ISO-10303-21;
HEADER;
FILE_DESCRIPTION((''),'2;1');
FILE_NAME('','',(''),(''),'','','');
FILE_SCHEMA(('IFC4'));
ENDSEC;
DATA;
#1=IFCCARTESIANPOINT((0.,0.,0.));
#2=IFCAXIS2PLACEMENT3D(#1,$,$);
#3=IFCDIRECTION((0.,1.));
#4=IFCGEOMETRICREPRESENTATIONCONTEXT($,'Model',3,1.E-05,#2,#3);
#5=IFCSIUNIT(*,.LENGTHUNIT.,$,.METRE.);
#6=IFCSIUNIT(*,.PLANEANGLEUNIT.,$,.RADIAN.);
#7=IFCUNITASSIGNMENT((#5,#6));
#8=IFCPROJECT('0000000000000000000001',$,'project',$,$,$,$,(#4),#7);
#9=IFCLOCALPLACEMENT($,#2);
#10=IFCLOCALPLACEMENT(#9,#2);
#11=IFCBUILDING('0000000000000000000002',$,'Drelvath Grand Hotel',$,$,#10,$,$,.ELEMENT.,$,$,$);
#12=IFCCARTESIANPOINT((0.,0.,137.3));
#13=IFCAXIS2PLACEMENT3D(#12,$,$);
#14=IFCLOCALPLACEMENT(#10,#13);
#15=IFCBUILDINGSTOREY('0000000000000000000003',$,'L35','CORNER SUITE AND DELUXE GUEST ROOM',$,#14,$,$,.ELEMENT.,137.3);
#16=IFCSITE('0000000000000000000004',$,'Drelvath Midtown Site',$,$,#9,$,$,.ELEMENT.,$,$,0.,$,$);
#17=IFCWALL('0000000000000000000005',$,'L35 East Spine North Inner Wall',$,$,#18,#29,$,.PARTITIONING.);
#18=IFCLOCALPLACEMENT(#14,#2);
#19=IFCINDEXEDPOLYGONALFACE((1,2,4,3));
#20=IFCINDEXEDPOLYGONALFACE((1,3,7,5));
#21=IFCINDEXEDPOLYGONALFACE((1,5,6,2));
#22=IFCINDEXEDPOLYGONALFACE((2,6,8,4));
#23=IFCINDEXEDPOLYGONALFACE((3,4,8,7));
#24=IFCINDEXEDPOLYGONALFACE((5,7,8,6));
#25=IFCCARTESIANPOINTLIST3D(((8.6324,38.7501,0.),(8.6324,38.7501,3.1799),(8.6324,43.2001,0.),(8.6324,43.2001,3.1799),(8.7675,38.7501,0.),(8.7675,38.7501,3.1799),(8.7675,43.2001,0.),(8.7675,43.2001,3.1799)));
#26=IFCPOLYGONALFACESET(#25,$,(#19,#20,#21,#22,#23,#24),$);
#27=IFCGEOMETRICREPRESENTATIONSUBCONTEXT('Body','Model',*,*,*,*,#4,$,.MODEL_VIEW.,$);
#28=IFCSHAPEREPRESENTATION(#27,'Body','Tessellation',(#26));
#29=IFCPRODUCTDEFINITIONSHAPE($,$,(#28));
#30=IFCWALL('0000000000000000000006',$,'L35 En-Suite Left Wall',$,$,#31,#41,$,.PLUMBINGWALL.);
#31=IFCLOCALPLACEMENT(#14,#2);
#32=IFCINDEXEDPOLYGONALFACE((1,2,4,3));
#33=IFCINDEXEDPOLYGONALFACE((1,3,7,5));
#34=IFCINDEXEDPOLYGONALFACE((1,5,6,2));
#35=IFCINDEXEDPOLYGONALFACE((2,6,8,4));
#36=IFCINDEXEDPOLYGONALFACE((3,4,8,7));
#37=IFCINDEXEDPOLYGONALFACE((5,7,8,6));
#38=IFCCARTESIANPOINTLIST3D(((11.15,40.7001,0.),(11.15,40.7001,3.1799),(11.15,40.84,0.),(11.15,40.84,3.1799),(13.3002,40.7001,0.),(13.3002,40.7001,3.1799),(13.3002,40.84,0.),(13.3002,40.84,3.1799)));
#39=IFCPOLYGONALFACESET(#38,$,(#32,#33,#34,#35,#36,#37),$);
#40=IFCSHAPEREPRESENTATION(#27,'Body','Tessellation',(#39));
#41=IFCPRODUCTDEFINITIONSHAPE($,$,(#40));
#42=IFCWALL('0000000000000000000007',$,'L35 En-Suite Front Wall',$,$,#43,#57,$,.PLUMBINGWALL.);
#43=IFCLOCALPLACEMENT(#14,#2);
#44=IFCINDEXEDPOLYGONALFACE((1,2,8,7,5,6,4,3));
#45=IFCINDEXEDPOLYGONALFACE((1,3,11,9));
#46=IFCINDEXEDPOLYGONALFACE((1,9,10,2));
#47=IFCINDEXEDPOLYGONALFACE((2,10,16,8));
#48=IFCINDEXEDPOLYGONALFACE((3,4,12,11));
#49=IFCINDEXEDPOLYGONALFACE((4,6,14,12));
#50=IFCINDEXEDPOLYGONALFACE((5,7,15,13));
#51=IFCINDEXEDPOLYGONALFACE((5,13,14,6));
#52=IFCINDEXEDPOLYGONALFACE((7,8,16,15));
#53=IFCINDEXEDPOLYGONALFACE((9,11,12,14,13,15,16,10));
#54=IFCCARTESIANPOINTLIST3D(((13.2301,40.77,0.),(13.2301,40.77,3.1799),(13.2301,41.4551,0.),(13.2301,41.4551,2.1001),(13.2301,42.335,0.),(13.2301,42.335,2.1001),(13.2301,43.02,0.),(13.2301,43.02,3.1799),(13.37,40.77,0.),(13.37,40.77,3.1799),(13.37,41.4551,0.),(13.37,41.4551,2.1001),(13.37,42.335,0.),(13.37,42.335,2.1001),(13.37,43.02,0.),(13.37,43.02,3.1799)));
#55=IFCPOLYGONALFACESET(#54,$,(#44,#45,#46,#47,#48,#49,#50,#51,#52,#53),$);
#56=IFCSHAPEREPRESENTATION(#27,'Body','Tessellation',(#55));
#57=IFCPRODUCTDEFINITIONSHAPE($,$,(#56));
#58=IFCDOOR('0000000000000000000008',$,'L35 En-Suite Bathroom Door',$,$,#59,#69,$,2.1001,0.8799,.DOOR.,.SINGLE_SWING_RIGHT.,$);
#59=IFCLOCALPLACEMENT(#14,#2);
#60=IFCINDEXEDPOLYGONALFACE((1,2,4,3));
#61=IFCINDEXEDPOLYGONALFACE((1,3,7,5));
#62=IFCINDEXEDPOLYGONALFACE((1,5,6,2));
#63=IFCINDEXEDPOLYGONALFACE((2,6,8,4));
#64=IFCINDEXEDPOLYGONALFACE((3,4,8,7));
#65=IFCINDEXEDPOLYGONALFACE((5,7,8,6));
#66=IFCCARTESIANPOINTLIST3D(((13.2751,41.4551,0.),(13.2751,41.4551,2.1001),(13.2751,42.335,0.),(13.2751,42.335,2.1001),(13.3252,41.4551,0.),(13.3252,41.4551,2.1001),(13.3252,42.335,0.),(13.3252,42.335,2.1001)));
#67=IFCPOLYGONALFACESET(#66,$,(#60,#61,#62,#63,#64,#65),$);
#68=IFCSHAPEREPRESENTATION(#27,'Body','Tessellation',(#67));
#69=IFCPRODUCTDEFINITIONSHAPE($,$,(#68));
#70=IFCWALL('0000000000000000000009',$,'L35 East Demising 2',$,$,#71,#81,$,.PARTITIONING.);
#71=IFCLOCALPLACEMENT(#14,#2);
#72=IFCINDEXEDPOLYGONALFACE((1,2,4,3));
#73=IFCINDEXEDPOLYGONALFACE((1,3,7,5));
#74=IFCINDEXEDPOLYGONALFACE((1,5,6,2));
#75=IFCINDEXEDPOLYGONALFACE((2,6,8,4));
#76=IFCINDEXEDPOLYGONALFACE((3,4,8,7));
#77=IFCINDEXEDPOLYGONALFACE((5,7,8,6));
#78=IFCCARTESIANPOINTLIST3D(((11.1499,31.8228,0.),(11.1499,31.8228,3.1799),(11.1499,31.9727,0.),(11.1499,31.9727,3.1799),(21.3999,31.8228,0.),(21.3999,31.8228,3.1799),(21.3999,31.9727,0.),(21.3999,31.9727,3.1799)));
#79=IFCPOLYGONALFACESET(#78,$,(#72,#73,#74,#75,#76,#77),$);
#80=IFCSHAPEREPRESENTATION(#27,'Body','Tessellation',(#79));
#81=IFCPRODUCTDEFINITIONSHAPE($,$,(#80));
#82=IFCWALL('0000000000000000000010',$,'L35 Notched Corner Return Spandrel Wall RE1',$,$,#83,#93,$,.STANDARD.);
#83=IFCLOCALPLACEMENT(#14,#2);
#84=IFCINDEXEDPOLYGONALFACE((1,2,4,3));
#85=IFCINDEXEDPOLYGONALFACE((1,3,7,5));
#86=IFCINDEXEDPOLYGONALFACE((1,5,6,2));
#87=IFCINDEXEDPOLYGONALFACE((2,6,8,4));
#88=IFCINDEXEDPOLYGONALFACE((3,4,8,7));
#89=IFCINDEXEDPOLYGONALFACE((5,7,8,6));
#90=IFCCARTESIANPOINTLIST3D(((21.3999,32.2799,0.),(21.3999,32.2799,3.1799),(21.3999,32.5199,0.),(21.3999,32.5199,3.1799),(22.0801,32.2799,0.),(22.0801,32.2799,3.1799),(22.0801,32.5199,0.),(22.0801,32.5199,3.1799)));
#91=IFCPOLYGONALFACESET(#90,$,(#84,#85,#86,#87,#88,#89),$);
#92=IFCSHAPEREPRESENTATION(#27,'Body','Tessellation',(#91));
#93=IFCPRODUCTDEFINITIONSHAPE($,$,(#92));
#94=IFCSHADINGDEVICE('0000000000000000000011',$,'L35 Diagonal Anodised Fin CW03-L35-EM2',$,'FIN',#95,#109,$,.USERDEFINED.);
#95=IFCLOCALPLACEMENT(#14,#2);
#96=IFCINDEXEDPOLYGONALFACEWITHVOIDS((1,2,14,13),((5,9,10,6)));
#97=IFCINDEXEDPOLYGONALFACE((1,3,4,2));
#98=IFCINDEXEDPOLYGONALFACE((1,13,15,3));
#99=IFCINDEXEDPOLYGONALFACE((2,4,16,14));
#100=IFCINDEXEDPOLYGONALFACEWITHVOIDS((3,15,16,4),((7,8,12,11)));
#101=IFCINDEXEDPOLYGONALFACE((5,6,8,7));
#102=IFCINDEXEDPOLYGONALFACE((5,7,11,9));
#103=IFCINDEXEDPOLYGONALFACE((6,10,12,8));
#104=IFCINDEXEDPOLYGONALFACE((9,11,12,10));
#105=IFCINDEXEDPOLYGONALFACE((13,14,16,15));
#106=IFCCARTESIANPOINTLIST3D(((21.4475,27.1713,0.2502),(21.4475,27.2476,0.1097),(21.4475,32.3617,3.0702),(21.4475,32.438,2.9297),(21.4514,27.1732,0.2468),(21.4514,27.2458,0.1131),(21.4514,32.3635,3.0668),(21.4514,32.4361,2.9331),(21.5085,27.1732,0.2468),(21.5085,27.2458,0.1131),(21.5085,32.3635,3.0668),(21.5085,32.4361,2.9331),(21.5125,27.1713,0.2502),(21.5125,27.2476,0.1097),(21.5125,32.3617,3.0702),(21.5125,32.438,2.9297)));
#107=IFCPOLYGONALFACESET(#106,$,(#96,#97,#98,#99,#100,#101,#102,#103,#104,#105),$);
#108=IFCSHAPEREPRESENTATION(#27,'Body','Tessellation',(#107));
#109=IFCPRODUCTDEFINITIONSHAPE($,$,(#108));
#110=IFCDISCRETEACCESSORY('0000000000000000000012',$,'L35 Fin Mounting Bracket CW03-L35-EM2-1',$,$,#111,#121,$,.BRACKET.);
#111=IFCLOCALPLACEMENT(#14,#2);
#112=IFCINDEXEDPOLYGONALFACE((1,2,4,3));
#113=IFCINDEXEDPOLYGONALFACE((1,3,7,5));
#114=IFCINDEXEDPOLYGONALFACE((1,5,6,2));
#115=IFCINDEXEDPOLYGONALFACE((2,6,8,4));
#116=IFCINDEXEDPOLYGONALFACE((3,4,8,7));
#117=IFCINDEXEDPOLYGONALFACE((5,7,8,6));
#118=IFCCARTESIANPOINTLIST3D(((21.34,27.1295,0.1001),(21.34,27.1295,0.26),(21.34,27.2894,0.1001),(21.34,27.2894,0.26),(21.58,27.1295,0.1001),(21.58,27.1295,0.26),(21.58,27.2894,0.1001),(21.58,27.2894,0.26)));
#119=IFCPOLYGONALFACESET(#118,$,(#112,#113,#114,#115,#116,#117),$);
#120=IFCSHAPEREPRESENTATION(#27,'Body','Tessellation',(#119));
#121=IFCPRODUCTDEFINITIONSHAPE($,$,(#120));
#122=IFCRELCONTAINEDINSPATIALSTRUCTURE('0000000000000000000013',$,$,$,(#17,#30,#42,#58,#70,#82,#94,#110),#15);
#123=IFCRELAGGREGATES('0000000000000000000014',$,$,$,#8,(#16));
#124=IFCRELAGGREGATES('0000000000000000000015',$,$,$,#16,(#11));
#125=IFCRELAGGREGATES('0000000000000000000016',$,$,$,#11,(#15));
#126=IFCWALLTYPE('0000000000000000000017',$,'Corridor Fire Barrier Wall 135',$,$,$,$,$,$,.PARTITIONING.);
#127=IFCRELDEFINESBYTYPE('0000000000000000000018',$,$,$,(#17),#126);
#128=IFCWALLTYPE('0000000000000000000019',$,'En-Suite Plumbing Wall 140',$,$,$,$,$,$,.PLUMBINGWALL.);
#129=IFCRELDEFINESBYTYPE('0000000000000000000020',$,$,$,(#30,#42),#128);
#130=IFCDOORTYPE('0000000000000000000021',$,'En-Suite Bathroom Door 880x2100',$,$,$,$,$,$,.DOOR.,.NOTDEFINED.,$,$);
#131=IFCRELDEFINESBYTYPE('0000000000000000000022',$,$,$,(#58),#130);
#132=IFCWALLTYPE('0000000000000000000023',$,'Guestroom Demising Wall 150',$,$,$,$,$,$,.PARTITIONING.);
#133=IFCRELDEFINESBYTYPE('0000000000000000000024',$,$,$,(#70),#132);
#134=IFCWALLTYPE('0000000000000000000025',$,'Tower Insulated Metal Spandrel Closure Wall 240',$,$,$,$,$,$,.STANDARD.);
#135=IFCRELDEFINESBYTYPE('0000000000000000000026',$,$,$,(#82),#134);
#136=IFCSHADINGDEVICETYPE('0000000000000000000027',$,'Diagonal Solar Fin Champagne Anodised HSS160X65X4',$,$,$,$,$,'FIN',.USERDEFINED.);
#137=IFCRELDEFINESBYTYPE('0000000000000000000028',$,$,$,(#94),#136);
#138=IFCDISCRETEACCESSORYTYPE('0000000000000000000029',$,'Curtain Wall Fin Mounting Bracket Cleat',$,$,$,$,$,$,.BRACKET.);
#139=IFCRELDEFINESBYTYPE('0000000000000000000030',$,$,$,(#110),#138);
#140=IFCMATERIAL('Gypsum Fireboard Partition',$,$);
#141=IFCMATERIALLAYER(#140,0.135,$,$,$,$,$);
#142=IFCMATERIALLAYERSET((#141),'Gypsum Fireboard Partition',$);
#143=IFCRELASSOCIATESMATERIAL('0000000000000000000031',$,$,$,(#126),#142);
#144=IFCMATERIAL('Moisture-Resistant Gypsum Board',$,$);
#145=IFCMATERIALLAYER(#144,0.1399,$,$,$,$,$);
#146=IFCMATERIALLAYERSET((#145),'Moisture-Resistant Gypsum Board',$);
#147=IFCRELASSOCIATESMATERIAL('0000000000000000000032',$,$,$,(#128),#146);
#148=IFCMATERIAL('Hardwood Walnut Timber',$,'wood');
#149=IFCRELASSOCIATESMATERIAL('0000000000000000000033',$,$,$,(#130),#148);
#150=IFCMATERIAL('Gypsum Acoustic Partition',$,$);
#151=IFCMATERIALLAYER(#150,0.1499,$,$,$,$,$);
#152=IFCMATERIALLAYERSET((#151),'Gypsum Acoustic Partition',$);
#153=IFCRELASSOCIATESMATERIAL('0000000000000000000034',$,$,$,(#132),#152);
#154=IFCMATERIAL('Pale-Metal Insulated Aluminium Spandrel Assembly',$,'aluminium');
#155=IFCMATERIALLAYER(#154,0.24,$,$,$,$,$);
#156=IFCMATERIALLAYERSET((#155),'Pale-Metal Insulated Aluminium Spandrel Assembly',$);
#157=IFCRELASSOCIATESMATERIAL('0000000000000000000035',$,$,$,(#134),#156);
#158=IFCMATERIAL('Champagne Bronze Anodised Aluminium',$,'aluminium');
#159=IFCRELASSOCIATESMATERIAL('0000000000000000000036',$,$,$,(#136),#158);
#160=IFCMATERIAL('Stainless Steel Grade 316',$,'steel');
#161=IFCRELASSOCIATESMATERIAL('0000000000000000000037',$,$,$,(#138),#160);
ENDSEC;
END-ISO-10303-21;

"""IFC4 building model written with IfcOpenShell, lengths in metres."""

from ifc_helpers import new_model, si_unit, direction, frame, frame_2d, origin, origin_2d, place, context, subcontext, project, spatial, rectangle, hollow_rectangle, extrude, material, layer, layer_set, material_profile, profile_set, type_object, element, fill, save


model = new_model("IFC4")

# Units and contexts
model_context = context("Model", 3, precision=1e-05, world=origin(), true_north=direction((0.0, 1.0)))
body_context = subcontext(model_context, "Body", "Model", "MODEL_VIEW")
ifc_project = project(units=[si_unit("LENGTHUNIT", "METRE"), si_unit("PLANEANGLEUNIT", "RADIAN")], contexts=[model_context])

# Site, building, storey
site_placement = place(None, origin())
site = spatial("IfcSite", under=ifc_project, at=site_placement, Name="Drelvath Midtown Site", CompositionType="ELEMENT", RefElevation=0.0)
building_placement = place(site_placement, origin())
building = spatial("IfcBuilding", under=site, at=building_placement, Name="Drelvath Grand Hotel", CompositionType="ELEMENT")
storey_placement = place(building_placement, frame((0.0, 0.0, 137.3)))
storey = spatial("IfcBuildingStorey", under=building, at=storey_placement, Name="L35", Description="CORNER SUITE AND DELUXE GUEST ROOM", CompositionType="ELEMENT", Elevation=137.3)

# Walls
ifc_material_1 = material(Name="Gypsum Fireboard Partition")
ifc_layer_1 = layer(ifc_material_1, 0.135)
ifc_layer_set_1 = layer_set([ifc_layer_1], Name="Gypsum Fireboard Partition")
wall_type_1 = type_object("IfcWallType", Name="Corridor Fire Barrier Wall 135", PredefinedType="PARTITIONING", material=ifc_layer_set_1)
wall_1_placement = place(storey_placement, frame((8.7, 38.75, 0.0), z_axis=(0.0, 0.0, 1.0), x_axis=(0.0, 1.0, 0.0)))
element("IfcWall", 1, at=wall_1_placement, inside=storey, type_object=wall_type_1, Name="L35 East Spine North Inner Wall", PredefinedType="PARTITIONING", context=body_context, shape_type="SweptSolid", body=[
    extrude(rectangle(XDim=4.45, YDim=0.135, at=frame_2d((2.2251, 0.0))), origin(), (0.0, 0.0, 1.0), 3.1799),
])
ifc_material_2 = material(Name="Moisture-Resistant Gypsum Board")
ifc_layer_2 = layer(ifc_material_2, 0.1399)
ifc_layer_set_2 = layer_set([ifc_layer_2], Name="Moisture-Resistant Gypsum Board")
wall_type_2 = type_object("IfcWallType", Name="En-Suite Plumbing Wall 140", PredefinedType="PLUMBINGWALL", material=ifc_layer_set_2)
wall_2_placement = place(storey_placement, frame((11.1499, 40.77, 0.0), z_axis=(0.0, 0.0, 1.0), x_axis=(1.0, 0.0, 0.0)))
element("IfcWall", 2, at=wall_2_placement, inside=storey, type_object=wall_type_2, Name="L35 En-Suite Left Wall", PredefinedType="PLUMBINGWALL", context=body_context, shape_type="SweptSolid", body=[
    extrude(rectangle(XDim=2.1501, YDim=0.1399, at=frame_2d((1.0752, 0.0))), origin(), (0.0, 0.0, 1.0), 3.1799),
])

# Wall, opening, door
wall_3_placement = place(storey_placement, frame((13.3, 40.77, 0.0), z_axis=(0.0, 0.0, 1.0), x_axis=(0.0, 1.0, 0.0)))
wall_3 = element("IfcWall", 3, at=wall_3_placement, inside=storey, type_object=wall_type_2, Name="L35 En-Suite Front Wall", PredefinedType="PLUMBINGWALL", context=body_context, shape_type="SweptSolid", body=[
    extrude(rectangle(XDim=2.25, YDim=0.1399, at=frame_2d((1.125, 0.0))), origin(), (0.0, 0.0, 1.0), 3.1799),
])
opening_placement = place(wall_3_placement, frame((0.6851, 0.0, 0.0)))
opening = element("IfcOpeningElement", 4, at=opening_placement, cuts=wall_3, PredefinedType="OPENING", context=body_context, shape_type="SweptSolid", body=[
    extrude(rectangle(XDim=0.8799, YDim=2.1001, at=frame_2d((0.4399, 1.05))), frame((0.0, 0.0798, 0.0), z_axis=(0.0, -1.0, 0.0), x_axis=(1.0, 0.0, 0.0)), (0.0, 0.0, 1.0), 0.1599),
])
ifc_material_3 = material(Name="Hardwood Walnut Timber", Category="wood")
door_type = type_object("IfcDoorType", Name="En-Suite Bathroom Door 880x2100", OperationType="NOTDEFINED", PredefinedType="DOOR", material=ifc_material_3)
door_placement = place(opening_placement, origin())
door = element("IfcDoor", 5, at=door_placement, inside=storey, type_object=door_type, Name="L35 En-Suite Bathroom Door", OperationType="SINGLE_SWING_RIGHT", OverallHeight=2.1001, OverallWidth=0.8799, PredefinedType="DOOR", context=body_context, shape_type="SweptSolid", body=[
    extrude(rectangle(XDim=0.8799, YDim=2.1001, at=frame_2d((0.4399, 1.05))), frame((0.0, 0.0249, 0.0), z_axis=(0.0, -1.0, 0.0), x_axis=(1.0, 0.0, 0.0)), (0.0, 0.0, 1.0), 0.05),
])
fill(opening, door)

# Walls
ifc_material_4 = material(Name="Gypsum Acoustic Partition")
ifc_layer_3 = layer(ifc_material_4, 0.1499)
ifc_layer_set_3 = layer_set([ifc_layer_3], Name="Gypsum Acoustic Partition")
wall_type_3 = type_object("IfcWallType", Name="Guestroom Demising Wall 150", PredefinedType="PARTITIONING", material=ifc_layer_set_3)
wall_4_placement = place(storey_placement, frame((11.1499, 31.8977, 0.0), z_axis=(0.0, 0.0, 1.0), x_axis=(1.0, 0.0, 0.0)))
element("IfcWall", 6, at=wall_4_placement, inside=storey, type_object=wall_type_3, Name="L35 East Demising 2", PredefinedType="PARTITIONING", context=body_context, shape_type="SweptSolid", body=[
    extrude(rectangle(XDim=10.25, YDim=0.1499, at=frame_2d((5.125, 0.0))), origin(), (0.0, 0.0, 1.0), 3.1799),
])
ifc_material_5 = material(Name="Pale-Metal Insulated Aluminium Spandrel Assembly", Category="aluminium")
ifc_layer_4 = layer(ifc_material_5, 0.24)
ifc_layer_set_4 = layer_set([ifc_layer_4], Name="Pale-Metal Insulated Aluminium Spandrel Assembly")
wall_type_4 = type_object("IfcWallType", Name="Tower Insulated Metal Spandrel Closure Wall 240", PredefinedType="STANDARD", material=ifc_layer_set_4)
wall_5_placement = place(storey_placement, frame((22.0801, 32.3999, 0.0), z_axis=(0.0, 0.0, 1.0), x_axis=(-1.0, 0.0, 0.0)))
element("IfcWall", 7, at=wall_5_placement, inside=storey, type_object=wall_type_4, Name="L35 Notched Corner Return Spandrel Wall RE1", PredefinedType="STANDARD", context=body_context, shape_type="SweptSolid", body=[
    extrude(rectangle(XDim=0.6802, YDim=0.24, at=frame_2d((0.3401, 0.0))), origin(), (0.0, 0.0, 1.0), 3.1799),
])

# Shading device
ifc_material_6 = material(Name="Champagne Bronze Anodised Aluminium", Category="aluminium")
ifc_material_profile_1 = material_profile(ifc_material_6, hollow_rectangle(XDim=0.0649, YDim=0.1599, WallThickness=0.0039, at=origin_2d()), Name="HSS160X65X4")
ifc_profile_set_1 = profile_set([ifc_material_profile_1], Name="Champagne Bronze Anodised Aluminium")
shading_device_type = type_object("IfcShadingDeviceType", Name="Diagonal Solar Fin Champagne Anodised HSS160X65X4", ElementType="FIN", PredefinedType="USERDEFINED", material=ifc_profile_set_1)
shading_device_placement = place(storey_placement, frame((21.48, 27.2095, 0.1799), z_axis=(0.0, 0.878683, 0.477407), x_axis=(-1.0, 0.0, 0.0)))
element("IfcShadingDevice", 8, at=shading_device_placement, inside=storey, type_object=shading_device_type, Name="L35 Diagonal Anodised Fin CW03-L35-EM2", ObjectType="FIN", PredefinedType="USERDEFINED", context=body_context, shape_type="SweptSolid", body=[
    extrude(hollow_rectangle(XDim=0.0649, YDim=0.1599, WallThickness=0.0039, at=origin_2d()), origin(), (0.0, 0.0, 1.0), 5.907),
])

# Discrete accessory
ifc_material_7 = material(Name="Stainless Steel Grade 316", Category="steel")
discrete_accessory_type = type_object("IfcDiscreteAccessoryType", Name="Curtain Wall Fin Mounting Bracket Cleat", PredefinedType="BRACKET", material=ifc_material_7)
discrete_accessory_placement = place(storey_placement, frame((21.46, 27.2095, 0.1001), z_axis=(0.0, 0.0, 1.0), x_axis=(0.0, -1.0, 0.0)))
element("IfcDiscreteAccessory", 9, at=discrete_accessory_placement, inside=storey, type_object=discrete_accessory_type, Name="L35 Fin Mounting Bracket CW03-L35-EM2-1", PredefinedType="BRACKET", context=body_context, shape_type="SweptSolid", body=[
    extrude(rectangle(XDim=0.1599, YDim=0.24, at=origin_2d()), origin(), (0.0, 0.0, 1.0), 0.1599),
])

save(model, "model.ifc")
